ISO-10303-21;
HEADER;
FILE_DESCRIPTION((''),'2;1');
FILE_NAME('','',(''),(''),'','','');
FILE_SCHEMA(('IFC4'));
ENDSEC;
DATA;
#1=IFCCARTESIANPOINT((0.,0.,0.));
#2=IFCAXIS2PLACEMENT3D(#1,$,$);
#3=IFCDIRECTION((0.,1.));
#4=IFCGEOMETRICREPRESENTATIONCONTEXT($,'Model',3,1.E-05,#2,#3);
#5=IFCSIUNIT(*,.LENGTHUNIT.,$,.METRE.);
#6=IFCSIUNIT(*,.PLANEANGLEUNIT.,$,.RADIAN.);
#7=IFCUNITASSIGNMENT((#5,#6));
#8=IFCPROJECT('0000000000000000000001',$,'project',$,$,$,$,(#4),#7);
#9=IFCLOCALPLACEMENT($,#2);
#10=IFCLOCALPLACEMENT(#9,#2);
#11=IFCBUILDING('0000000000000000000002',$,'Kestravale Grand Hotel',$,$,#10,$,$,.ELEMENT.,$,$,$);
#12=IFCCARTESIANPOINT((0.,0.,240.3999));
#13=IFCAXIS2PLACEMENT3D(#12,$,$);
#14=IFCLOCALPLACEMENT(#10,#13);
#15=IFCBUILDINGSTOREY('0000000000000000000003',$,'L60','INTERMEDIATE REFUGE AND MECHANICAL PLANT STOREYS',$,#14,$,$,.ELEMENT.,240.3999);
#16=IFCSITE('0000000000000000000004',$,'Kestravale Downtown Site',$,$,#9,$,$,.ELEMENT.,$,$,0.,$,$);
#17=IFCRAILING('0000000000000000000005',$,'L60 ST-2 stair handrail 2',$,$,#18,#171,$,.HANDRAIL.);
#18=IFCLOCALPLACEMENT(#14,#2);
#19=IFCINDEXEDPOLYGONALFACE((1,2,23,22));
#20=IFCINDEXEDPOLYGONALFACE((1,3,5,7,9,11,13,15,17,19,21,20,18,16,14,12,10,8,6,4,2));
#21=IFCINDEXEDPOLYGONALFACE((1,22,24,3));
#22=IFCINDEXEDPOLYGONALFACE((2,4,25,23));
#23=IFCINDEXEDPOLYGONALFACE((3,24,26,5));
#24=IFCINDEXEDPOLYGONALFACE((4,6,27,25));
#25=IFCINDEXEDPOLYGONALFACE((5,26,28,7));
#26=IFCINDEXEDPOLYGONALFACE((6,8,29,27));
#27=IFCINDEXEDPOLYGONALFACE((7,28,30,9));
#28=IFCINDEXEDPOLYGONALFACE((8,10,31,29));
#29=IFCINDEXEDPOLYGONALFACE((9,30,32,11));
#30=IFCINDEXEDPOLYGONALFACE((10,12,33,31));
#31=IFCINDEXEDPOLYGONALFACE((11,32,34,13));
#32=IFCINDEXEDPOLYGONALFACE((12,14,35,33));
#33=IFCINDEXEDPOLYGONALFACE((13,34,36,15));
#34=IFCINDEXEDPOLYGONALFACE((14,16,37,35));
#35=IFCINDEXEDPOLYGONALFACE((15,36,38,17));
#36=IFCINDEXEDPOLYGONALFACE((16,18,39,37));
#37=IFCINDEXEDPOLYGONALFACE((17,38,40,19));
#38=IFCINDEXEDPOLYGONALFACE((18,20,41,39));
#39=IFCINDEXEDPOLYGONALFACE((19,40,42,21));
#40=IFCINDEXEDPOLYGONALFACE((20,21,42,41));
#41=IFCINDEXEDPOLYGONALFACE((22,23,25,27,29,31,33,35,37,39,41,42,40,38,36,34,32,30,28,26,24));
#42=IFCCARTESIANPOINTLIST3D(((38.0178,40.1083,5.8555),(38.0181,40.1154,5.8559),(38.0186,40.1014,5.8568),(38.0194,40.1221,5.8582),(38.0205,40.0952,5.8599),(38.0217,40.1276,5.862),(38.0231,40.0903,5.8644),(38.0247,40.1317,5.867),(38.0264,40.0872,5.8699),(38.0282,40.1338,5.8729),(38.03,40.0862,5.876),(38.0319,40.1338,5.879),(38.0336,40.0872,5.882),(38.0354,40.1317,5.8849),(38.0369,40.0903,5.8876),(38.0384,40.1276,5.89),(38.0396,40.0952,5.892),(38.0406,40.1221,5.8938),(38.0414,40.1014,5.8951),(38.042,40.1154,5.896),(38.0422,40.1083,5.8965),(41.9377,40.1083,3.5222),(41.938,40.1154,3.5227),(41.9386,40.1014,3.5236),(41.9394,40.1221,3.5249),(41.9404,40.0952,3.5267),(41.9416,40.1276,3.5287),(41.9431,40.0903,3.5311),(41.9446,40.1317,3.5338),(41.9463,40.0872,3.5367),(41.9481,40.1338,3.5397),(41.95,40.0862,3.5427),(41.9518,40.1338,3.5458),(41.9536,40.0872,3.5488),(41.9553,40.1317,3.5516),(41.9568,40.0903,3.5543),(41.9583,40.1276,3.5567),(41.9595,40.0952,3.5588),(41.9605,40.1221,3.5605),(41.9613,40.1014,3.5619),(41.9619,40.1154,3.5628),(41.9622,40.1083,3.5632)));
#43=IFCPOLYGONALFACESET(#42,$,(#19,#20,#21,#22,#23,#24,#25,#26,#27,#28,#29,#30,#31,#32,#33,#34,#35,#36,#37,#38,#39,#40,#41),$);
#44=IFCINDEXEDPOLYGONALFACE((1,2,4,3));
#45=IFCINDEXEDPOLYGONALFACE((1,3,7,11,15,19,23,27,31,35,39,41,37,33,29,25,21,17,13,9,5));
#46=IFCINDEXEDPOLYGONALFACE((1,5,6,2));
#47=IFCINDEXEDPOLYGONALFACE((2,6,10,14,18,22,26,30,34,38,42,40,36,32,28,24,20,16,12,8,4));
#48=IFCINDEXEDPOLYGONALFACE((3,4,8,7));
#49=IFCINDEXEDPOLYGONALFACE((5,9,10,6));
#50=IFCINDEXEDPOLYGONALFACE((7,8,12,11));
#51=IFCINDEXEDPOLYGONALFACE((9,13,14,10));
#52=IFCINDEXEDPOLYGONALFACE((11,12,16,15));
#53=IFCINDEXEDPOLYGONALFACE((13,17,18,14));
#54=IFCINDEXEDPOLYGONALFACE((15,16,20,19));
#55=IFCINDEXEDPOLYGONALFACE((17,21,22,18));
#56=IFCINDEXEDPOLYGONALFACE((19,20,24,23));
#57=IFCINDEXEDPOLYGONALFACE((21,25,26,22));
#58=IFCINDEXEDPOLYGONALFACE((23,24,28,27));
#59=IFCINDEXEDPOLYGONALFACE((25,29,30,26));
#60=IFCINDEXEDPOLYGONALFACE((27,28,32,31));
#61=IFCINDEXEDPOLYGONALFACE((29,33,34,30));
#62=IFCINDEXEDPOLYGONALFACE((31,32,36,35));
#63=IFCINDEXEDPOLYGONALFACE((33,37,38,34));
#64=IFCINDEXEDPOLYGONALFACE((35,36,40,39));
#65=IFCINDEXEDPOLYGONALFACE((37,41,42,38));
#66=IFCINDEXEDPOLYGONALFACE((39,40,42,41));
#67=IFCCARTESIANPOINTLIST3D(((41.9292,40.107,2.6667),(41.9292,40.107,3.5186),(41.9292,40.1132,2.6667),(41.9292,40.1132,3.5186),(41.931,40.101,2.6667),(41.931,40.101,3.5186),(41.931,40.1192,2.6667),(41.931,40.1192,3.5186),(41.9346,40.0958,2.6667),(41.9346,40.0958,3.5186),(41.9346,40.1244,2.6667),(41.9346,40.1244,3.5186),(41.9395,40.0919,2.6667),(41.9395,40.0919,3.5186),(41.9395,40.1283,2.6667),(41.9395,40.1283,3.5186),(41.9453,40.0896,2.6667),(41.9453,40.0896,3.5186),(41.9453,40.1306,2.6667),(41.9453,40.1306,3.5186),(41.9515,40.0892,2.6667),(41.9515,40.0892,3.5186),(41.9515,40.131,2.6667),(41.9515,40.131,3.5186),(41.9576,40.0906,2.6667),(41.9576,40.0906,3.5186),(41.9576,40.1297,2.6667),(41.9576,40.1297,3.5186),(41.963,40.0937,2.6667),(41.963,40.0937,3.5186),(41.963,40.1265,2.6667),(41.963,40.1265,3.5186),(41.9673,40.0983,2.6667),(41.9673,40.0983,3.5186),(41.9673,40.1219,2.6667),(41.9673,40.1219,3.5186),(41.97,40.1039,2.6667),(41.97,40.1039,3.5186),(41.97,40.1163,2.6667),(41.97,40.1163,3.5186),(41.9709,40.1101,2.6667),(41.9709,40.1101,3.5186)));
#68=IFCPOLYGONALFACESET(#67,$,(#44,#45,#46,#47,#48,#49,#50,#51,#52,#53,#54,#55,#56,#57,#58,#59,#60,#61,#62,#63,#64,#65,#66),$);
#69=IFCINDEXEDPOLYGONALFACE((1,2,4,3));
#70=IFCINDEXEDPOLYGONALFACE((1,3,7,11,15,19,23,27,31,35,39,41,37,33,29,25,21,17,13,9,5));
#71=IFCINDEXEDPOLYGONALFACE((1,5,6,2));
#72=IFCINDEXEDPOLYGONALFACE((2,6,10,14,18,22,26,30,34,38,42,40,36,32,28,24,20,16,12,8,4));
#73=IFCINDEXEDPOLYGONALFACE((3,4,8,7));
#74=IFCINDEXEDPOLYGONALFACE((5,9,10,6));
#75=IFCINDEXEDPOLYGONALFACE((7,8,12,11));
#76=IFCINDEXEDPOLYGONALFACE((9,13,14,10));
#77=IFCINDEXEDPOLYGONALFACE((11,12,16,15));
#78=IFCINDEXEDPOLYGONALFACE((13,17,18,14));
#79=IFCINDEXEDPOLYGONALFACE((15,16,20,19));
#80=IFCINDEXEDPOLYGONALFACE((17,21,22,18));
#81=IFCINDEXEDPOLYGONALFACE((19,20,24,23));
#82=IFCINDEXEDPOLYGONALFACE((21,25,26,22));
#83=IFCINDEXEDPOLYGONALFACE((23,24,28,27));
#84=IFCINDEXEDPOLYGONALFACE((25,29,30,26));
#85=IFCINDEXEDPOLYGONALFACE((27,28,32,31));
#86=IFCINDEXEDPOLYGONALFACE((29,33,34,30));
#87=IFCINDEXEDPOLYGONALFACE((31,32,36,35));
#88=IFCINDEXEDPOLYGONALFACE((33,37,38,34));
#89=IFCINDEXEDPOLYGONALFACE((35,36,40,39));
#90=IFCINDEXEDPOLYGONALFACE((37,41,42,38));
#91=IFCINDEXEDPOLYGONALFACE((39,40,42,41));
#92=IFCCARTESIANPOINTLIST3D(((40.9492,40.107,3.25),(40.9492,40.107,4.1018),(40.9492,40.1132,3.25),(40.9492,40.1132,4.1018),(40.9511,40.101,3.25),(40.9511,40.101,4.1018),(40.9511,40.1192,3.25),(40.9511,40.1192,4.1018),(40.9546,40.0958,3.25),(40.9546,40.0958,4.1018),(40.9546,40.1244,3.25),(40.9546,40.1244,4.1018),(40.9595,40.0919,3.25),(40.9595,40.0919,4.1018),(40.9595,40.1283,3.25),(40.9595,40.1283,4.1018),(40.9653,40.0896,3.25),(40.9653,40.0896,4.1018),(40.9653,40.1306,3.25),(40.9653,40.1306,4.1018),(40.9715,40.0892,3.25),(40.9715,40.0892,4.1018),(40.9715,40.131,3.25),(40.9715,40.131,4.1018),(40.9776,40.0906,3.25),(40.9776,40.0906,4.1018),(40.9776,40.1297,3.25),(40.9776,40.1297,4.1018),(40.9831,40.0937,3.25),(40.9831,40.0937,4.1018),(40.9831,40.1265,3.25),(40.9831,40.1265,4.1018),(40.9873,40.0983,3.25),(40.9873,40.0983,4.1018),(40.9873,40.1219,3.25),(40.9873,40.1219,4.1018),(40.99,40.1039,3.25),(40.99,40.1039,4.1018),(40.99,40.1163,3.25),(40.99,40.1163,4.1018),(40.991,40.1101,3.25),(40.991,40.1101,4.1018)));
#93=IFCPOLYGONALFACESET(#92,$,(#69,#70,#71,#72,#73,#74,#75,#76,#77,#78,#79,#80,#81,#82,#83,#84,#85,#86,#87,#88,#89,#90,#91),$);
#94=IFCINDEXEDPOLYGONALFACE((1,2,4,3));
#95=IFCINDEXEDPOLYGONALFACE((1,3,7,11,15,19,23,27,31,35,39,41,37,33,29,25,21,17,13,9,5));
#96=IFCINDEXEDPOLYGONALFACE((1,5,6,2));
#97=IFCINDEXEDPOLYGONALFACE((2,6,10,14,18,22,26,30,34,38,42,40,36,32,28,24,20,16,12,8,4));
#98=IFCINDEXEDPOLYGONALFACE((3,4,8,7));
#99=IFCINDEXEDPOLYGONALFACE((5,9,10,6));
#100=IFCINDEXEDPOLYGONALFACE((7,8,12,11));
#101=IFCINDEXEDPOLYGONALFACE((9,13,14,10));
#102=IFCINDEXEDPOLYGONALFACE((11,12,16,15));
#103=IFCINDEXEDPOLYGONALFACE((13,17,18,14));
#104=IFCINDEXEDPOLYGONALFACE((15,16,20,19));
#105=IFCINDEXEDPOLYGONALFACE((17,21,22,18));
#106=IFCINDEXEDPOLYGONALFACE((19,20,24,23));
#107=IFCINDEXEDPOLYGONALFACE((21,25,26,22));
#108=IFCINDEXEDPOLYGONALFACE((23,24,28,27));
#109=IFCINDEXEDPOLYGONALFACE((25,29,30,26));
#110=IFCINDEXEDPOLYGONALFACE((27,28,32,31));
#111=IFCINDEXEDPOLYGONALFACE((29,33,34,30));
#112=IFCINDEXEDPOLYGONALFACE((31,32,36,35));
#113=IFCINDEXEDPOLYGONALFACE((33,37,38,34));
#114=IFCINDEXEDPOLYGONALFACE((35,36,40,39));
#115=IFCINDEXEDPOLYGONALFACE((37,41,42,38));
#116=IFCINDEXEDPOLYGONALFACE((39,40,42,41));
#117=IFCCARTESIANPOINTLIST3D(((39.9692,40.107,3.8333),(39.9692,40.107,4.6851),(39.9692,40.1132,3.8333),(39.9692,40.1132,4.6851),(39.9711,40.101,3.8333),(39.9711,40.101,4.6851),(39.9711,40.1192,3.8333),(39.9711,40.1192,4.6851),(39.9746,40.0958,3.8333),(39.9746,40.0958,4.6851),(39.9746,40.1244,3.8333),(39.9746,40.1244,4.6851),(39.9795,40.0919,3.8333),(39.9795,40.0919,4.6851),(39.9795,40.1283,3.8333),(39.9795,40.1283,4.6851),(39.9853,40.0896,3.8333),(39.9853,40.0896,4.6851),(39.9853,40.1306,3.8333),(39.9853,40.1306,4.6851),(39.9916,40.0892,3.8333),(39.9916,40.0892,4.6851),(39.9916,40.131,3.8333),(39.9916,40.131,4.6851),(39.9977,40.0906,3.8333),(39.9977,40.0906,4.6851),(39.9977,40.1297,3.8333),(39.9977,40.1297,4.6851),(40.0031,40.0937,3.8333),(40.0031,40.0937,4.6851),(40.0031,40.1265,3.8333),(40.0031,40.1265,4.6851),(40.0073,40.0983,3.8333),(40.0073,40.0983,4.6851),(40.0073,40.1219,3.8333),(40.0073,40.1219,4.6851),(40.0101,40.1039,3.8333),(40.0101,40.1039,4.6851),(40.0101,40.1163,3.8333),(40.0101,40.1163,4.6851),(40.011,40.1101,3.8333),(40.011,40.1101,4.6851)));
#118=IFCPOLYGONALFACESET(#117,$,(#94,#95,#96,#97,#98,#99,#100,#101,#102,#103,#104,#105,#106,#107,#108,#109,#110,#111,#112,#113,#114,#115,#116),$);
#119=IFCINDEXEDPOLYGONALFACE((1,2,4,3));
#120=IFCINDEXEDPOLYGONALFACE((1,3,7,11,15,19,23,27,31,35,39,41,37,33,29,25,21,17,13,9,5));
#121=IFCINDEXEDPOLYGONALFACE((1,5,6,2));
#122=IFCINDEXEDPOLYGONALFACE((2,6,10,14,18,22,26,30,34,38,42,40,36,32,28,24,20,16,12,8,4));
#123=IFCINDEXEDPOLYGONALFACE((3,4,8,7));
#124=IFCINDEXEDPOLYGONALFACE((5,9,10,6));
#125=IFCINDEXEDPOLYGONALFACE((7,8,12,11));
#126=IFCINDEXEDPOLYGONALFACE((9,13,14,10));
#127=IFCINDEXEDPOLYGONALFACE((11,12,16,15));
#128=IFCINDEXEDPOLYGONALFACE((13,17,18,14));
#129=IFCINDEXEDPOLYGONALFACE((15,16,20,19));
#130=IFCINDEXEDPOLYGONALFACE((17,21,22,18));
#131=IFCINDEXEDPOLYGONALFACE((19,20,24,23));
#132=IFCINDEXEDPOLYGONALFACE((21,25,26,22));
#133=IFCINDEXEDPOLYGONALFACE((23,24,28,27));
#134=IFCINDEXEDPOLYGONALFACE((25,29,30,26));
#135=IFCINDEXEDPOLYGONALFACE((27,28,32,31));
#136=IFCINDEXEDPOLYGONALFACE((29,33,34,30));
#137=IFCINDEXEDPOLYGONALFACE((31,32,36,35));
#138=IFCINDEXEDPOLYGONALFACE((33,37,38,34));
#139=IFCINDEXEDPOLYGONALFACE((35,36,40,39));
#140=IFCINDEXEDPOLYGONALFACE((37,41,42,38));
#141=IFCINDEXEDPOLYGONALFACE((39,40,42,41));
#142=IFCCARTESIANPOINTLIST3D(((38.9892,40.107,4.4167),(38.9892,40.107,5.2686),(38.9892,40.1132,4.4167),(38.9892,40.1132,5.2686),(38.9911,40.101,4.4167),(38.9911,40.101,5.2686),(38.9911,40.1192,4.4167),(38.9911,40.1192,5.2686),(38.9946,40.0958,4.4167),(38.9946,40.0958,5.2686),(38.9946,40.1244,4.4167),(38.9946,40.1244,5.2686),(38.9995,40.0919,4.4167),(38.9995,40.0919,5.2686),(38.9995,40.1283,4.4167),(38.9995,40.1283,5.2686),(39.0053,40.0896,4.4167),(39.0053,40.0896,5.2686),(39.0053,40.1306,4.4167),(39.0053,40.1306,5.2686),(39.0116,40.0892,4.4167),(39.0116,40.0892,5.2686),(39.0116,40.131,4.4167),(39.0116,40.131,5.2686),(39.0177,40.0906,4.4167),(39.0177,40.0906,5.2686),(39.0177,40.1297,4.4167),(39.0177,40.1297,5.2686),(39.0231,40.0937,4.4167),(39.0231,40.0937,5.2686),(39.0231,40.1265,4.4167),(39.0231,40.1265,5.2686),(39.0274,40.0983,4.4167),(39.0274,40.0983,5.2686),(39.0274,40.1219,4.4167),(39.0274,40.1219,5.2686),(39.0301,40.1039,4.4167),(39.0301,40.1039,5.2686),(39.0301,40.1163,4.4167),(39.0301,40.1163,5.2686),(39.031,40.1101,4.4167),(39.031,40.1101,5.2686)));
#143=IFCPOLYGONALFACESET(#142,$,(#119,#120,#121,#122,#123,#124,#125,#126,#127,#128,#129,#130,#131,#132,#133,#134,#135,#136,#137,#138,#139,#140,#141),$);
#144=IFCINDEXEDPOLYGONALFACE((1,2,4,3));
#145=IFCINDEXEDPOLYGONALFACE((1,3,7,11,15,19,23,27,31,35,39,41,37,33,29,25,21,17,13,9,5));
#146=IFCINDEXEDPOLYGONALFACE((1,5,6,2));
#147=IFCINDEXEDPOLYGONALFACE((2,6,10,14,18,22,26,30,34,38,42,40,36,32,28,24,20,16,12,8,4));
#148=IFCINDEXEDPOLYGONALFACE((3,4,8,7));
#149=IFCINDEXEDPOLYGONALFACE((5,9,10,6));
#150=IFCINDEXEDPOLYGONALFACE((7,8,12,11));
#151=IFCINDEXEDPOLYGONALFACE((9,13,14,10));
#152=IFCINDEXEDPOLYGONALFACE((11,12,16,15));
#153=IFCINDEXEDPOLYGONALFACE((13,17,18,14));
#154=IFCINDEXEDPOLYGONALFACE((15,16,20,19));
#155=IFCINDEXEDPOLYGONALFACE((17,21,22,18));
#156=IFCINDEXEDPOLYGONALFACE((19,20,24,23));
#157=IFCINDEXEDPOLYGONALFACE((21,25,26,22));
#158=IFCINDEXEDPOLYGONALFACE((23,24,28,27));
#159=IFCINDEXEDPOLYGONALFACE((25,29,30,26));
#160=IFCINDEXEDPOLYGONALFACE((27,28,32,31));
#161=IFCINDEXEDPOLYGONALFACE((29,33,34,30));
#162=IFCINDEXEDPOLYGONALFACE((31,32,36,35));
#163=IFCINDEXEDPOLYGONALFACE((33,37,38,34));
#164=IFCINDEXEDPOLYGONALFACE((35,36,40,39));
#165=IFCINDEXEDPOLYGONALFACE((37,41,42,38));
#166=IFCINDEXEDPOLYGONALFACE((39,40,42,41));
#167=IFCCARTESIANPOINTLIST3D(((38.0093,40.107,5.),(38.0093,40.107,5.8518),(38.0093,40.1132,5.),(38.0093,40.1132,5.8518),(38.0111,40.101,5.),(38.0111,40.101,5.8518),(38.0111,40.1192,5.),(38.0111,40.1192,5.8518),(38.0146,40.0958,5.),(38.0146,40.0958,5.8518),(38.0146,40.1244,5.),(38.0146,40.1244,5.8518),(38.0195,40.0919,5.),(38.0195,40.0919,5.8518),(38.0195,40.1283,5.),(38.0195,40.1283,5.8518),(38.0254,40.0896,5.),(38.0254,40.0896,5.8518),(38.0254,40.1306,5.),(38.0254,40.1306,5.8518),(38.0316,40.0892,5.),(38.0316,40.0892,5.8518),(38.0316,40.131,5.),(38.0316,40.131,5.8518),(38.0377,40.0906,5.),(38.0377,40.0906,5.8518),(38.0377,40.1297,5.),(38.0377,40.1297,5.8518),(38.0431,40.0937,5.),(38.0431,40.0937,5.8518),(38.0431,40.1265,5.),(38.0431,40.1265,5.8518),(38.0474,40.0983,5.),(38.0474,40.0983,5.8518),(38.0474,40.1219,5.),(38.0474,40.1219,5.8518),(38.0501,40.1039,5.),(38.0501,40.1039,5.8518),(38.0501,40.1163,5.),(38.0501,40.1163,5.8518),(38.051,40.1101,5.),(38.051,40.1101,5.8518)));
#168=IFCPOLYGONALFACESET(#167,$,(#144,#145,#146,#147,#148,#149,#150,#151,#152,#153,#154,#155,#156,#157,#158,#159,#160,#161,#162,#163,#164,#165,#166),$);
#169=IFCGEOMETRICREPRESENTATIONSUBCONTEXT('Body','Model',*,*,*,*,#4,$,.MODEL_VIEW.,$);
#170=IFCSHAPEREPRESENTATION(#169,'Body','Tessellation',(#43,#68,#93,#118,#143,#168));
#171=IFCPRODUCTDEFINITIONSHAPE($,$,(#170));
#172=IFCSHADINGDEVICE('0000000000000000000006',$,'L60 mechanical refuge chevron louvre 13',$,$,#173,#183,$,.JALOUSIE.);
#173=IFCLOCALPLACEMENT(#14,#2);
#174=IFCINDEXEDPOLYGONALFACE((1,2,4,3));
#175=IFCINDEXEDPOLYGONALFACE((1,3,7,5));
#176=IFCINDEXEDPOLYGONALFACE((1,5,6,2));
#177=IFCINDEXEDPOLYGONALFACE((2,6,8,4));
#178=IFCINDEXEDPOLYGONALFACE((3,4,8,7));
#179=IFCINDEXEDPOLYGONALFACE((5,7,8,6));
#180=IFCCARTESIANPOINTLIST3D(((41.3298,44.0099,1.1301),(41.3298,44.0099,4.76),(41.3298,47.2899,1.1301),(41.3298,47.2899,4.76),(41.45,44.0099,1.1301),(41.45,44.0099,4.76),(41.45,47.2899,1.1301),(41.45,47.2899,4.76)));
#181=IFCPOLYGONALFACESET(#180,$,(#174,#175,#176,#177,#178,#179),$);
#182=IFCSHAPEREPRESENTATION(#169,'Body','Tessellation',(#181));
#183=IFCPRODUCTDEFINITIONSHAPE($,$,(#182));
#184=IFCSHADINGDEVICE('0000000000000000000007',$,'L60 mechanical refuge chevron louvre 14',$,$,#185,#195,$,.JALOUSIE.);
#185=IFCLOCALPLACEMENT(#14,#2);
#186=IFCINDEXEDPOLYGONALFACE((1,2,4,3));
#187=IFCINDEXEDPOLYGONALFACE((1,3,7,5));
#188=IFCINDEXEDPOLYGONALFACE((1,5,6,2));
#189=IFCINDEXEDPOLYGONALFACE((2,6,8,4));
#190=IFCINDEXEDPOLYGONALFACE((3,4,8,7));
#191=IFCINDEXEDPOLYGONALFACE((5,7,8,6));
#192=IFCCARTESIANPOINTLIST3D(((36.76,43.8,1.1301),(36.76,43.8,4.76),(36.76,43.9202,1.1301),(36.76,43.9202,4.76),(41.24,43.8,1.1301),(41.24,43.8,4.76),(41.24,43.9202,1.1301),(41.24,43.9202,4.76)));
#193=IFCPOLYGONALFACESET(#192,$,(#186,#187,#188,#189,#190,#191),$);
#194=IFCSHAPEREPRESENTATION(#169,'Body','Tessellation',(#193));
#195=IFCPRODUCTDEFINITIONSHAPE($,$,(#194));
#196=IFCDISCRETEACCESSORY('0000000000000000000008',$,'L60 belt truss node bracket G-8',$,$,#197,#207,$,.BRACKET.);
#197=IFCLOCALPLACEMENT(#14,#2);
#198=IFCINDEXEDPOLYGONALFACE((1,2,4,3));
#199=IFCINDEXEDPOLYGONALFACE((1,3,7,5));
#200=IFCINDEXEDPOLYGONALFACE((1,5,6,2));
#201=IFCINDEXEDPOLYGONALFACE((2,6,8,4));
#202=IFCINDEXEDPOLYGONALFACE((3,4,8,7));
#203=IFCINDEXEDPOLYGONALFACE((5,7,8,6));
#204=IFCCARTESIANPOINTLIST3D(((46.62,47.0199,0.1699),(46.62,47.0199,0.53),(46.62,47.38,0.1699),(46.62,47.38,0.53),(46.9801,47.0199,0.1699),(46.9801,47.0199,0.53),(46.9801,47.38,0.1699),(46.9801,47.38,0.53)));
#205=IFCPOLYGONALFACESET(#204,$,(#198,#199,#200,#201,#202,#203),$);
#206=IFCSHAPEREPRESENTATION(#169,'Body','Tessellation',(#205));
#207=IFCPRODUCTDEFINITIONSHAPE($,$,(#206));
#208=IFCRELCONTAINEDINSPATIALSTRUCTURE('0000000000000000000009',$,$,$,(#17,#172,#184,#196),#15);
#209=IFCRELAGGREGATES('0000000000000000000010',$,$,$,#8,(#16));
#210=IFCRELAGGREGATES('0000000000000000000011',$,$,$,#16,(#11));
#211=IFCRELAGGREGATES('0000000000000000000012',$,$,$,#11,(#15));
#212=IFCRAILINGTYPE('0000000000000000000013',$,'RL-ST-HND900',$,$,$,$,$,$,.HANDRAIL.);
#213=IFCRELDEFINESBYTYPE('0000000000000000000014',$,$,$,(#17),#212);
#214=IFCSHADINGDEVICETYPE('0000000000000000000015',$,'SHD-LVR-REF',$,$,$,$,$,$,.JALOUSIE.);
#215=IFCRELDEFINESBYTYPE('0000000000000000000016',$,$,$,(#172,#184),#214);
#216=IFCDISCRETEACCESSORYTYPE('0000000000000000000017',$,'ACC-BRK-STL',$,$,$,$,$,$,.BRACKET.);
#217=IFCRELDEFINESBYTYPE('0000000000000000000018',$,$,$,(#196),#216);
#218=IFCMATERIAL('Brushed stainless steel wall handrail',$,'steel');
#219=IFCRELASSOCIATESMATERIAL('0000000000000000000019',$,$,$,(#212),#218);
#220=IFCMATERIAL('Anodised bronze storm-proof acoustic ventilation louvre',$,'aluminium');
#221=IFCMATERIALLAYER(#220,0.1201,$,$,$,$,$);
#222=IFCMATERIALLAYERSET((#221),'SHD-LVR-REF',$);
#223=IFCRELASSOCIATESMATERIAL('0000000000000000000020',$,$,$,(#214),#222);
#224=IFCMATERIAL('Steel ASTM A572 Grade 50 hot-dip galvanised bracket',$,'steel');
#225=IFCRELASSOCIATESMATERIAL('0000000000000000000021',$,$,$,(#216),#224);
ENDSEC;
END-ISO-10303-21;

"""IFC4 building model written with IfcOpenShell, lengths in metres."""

from ifc_helpers import new_model, si_unit, direction, frame, origin, origin_2d, place, context, subcontext, project, spatial, rectangle, circle, extrude, material, layer, layer_set, type_object, element, save


model = new_model("IFC4")

# Units and contexts
model_context = context("Model", 3, precision=1e-05, world=origin(), true_north=direction((0.0, 1.0)))
body_context = subcontext(model_context, "Body", "Model", "MODEL_VIEW")
ifc_project = project(units=[si_unit("LENGTHUNIT", "METRE"), si_unit("PLANEANGLEUNIT", "RADIAN")], contexts=[model_context])

# Site, building, storey
site_placement = place(None, origin())
site = spatial("IfcSite", under=ifc_project, at=site_placement, Name="Kestravale Downtown Site", CompositionType="ELEMENT", RefElevation=0.0)
building_placement = place(site_placement, origin())
building = spatial("IfcBuilding", under=site, at=building_placement, Name="Kestravale Grand Hotel", CompositionType="ELEMENT")
storey_placement = place(building_placement, frame((0.0, 0.0, 240.3999)))
storey = spatial("IfcBuildingStorey", under=building, at=storey_placement, Name="L60", Description="INTERMEDIATE REFUGE AND MECHANICAL PLANT STOREYS", CompositionType="ELEMENT", Elevation=240.3999)

# Railing
ifc_material_1 = material(Name="Brushed stainless steel wall handrail", Category="steel")
railing_type_1 = type_object("IfcRailingType", Name="RL-ST-HND900", PredefinedType="HANDRAIL", material=ifc_material_1)
railing_1_placement = place(storey_placement, frame((41.95, 40.1101, 2.6667)))
element("IfcRailing", 1, at=railing_1_placement, inside=storey, type_object=railing_type_1, Name="L60 ST-2 stair handrail 2", PredefinedType="HANDRAIL", context=body_context, shape_type="SweptSolid", body=[
    extrude(circle(Radius=0.0239, at=origin_2d()), frame((0.0, 0.0, 0.876), z_axis=(-0.859296, 0.0, 0.511478), x_axis=(0.0, -1.0, 0.0)), (0.0, 0.0, 1.0), 4.5618),
    extrude(circle(Radius=0.021, at=origin_2d()), origin(), (0.0, 0.0, 1.0), 0.8518),
    extrude(circle(Radius=0.021, at=origin_2d()), frame((-0.98, 0.0, 0.5833)), (0.0, 0.0, 1.0), 0.8518),
    extrude(circle(Radius=0.021, at=origin_2d()), frame((-1.96, 0.0, 1.1665)), (0.0, 0.0, 1.0), 0.8518),
    extrude(circle(Radius=0.021, at=origin_2d()), frame((-2.9399, 0.0, 1.75)), (0.0, 0.0, 1.0), 0.8518),
    extrude(circle(Radius=0.021, at=origin_2d()), frame((-3.9199, 0.0, 2.3333)), (0.0, 0.0, 1.0), 0.8518),
])

# Shading devices
ifc_material_2 = material(Name="Anodised bronze storm-proof acoustic ventilation louvre", Category="aluminium")
ifc_layer_1 = layer(ifc_material_2, 0.1201)
ifc_layer_set_1 = layer_set([ifc_layer_1], Name="SHD-LVR-REF")
shading_device_type = type_object("IfcShadingDeviceType", Name="SHD-LVR-REF", PredefinedType="JALOUSIE", material=ifc_layer_set_1)
shading_device_1_placement = place(storey_placement, frame((41.3899, 45.6499, 1.1301), z_axis=(0.0, 0.0, 1.0), x_axis=(0.0, -1.0, 0.0)))
element("IfcShadingDevice", 2, at=shading_device_1_placement, inside=storey, type_object=shading_device_type, Name="L60 mechanical refuge chevron louvre 13", PredefinedType="JALOUSIE", context=body_context, shape_type="SweptSolid", body=[
    extrude(rectangle(XDim=3.28, YDim=0.1201, at=origin_2d()), origin(), (0.0, 0.0, 1.0), 3.6299),
])
shading_device_2_placement = place(storey_placement, frame((39.0, 43.8601, 1.1301), z_axis=(0.0, 0.0, 1.0), x_axis=(-1.0, 0.0, 0.0)))
element("IfcShadingDevice", 3, at=shading_device_2_placement, inside=storey, type_object=shading_device_type, Name="L60 mechanical refuge chevron louvre 14", PredefinedType="JALOUSIE", context=body_context, shape_type="SweptSolid", body=[
    extrude(rectangle(XDim=4.48, YDim=0.1201, at=origin_2d()), origin(), (0.0, 0.0, 1.0), 3.6299),
])

# Discrete accessory
ifc_material_3 = material(Name="Steel ASTM A572 Grade 50 hot-dip galvanised bracket", Category="steel")
discrete_accessory_type = type_object("IfcDiscreteAccessoryType", Name="ACC-BRK-STL", PredefinedType="BRACKET", material=ifc_material_3)
discrete_accessory_placement = place(storey_placement, frame((46.8, 47.2, 0.1699), z_axis=(0.0, 0.0, 1.0), x_axis=(1.0, 0.0, 0.0)))
element("IfcDiscreteAccessory", 4, at=discrete_accessory_placement, inside=storey, type_object=discrete_accessory_type, Name="L60 belt truss node bracket G-8", PredefinedType="BRACKET", context=body_context, shape_type="SweptSolid", body=[
    extrude(rectangle(XDim=0.3601, YDim=0.3601, at=origin_2d()), origin(), (0.0, 0.0, 1.0), 0.3601),
])

save(model, "model.ifc")
